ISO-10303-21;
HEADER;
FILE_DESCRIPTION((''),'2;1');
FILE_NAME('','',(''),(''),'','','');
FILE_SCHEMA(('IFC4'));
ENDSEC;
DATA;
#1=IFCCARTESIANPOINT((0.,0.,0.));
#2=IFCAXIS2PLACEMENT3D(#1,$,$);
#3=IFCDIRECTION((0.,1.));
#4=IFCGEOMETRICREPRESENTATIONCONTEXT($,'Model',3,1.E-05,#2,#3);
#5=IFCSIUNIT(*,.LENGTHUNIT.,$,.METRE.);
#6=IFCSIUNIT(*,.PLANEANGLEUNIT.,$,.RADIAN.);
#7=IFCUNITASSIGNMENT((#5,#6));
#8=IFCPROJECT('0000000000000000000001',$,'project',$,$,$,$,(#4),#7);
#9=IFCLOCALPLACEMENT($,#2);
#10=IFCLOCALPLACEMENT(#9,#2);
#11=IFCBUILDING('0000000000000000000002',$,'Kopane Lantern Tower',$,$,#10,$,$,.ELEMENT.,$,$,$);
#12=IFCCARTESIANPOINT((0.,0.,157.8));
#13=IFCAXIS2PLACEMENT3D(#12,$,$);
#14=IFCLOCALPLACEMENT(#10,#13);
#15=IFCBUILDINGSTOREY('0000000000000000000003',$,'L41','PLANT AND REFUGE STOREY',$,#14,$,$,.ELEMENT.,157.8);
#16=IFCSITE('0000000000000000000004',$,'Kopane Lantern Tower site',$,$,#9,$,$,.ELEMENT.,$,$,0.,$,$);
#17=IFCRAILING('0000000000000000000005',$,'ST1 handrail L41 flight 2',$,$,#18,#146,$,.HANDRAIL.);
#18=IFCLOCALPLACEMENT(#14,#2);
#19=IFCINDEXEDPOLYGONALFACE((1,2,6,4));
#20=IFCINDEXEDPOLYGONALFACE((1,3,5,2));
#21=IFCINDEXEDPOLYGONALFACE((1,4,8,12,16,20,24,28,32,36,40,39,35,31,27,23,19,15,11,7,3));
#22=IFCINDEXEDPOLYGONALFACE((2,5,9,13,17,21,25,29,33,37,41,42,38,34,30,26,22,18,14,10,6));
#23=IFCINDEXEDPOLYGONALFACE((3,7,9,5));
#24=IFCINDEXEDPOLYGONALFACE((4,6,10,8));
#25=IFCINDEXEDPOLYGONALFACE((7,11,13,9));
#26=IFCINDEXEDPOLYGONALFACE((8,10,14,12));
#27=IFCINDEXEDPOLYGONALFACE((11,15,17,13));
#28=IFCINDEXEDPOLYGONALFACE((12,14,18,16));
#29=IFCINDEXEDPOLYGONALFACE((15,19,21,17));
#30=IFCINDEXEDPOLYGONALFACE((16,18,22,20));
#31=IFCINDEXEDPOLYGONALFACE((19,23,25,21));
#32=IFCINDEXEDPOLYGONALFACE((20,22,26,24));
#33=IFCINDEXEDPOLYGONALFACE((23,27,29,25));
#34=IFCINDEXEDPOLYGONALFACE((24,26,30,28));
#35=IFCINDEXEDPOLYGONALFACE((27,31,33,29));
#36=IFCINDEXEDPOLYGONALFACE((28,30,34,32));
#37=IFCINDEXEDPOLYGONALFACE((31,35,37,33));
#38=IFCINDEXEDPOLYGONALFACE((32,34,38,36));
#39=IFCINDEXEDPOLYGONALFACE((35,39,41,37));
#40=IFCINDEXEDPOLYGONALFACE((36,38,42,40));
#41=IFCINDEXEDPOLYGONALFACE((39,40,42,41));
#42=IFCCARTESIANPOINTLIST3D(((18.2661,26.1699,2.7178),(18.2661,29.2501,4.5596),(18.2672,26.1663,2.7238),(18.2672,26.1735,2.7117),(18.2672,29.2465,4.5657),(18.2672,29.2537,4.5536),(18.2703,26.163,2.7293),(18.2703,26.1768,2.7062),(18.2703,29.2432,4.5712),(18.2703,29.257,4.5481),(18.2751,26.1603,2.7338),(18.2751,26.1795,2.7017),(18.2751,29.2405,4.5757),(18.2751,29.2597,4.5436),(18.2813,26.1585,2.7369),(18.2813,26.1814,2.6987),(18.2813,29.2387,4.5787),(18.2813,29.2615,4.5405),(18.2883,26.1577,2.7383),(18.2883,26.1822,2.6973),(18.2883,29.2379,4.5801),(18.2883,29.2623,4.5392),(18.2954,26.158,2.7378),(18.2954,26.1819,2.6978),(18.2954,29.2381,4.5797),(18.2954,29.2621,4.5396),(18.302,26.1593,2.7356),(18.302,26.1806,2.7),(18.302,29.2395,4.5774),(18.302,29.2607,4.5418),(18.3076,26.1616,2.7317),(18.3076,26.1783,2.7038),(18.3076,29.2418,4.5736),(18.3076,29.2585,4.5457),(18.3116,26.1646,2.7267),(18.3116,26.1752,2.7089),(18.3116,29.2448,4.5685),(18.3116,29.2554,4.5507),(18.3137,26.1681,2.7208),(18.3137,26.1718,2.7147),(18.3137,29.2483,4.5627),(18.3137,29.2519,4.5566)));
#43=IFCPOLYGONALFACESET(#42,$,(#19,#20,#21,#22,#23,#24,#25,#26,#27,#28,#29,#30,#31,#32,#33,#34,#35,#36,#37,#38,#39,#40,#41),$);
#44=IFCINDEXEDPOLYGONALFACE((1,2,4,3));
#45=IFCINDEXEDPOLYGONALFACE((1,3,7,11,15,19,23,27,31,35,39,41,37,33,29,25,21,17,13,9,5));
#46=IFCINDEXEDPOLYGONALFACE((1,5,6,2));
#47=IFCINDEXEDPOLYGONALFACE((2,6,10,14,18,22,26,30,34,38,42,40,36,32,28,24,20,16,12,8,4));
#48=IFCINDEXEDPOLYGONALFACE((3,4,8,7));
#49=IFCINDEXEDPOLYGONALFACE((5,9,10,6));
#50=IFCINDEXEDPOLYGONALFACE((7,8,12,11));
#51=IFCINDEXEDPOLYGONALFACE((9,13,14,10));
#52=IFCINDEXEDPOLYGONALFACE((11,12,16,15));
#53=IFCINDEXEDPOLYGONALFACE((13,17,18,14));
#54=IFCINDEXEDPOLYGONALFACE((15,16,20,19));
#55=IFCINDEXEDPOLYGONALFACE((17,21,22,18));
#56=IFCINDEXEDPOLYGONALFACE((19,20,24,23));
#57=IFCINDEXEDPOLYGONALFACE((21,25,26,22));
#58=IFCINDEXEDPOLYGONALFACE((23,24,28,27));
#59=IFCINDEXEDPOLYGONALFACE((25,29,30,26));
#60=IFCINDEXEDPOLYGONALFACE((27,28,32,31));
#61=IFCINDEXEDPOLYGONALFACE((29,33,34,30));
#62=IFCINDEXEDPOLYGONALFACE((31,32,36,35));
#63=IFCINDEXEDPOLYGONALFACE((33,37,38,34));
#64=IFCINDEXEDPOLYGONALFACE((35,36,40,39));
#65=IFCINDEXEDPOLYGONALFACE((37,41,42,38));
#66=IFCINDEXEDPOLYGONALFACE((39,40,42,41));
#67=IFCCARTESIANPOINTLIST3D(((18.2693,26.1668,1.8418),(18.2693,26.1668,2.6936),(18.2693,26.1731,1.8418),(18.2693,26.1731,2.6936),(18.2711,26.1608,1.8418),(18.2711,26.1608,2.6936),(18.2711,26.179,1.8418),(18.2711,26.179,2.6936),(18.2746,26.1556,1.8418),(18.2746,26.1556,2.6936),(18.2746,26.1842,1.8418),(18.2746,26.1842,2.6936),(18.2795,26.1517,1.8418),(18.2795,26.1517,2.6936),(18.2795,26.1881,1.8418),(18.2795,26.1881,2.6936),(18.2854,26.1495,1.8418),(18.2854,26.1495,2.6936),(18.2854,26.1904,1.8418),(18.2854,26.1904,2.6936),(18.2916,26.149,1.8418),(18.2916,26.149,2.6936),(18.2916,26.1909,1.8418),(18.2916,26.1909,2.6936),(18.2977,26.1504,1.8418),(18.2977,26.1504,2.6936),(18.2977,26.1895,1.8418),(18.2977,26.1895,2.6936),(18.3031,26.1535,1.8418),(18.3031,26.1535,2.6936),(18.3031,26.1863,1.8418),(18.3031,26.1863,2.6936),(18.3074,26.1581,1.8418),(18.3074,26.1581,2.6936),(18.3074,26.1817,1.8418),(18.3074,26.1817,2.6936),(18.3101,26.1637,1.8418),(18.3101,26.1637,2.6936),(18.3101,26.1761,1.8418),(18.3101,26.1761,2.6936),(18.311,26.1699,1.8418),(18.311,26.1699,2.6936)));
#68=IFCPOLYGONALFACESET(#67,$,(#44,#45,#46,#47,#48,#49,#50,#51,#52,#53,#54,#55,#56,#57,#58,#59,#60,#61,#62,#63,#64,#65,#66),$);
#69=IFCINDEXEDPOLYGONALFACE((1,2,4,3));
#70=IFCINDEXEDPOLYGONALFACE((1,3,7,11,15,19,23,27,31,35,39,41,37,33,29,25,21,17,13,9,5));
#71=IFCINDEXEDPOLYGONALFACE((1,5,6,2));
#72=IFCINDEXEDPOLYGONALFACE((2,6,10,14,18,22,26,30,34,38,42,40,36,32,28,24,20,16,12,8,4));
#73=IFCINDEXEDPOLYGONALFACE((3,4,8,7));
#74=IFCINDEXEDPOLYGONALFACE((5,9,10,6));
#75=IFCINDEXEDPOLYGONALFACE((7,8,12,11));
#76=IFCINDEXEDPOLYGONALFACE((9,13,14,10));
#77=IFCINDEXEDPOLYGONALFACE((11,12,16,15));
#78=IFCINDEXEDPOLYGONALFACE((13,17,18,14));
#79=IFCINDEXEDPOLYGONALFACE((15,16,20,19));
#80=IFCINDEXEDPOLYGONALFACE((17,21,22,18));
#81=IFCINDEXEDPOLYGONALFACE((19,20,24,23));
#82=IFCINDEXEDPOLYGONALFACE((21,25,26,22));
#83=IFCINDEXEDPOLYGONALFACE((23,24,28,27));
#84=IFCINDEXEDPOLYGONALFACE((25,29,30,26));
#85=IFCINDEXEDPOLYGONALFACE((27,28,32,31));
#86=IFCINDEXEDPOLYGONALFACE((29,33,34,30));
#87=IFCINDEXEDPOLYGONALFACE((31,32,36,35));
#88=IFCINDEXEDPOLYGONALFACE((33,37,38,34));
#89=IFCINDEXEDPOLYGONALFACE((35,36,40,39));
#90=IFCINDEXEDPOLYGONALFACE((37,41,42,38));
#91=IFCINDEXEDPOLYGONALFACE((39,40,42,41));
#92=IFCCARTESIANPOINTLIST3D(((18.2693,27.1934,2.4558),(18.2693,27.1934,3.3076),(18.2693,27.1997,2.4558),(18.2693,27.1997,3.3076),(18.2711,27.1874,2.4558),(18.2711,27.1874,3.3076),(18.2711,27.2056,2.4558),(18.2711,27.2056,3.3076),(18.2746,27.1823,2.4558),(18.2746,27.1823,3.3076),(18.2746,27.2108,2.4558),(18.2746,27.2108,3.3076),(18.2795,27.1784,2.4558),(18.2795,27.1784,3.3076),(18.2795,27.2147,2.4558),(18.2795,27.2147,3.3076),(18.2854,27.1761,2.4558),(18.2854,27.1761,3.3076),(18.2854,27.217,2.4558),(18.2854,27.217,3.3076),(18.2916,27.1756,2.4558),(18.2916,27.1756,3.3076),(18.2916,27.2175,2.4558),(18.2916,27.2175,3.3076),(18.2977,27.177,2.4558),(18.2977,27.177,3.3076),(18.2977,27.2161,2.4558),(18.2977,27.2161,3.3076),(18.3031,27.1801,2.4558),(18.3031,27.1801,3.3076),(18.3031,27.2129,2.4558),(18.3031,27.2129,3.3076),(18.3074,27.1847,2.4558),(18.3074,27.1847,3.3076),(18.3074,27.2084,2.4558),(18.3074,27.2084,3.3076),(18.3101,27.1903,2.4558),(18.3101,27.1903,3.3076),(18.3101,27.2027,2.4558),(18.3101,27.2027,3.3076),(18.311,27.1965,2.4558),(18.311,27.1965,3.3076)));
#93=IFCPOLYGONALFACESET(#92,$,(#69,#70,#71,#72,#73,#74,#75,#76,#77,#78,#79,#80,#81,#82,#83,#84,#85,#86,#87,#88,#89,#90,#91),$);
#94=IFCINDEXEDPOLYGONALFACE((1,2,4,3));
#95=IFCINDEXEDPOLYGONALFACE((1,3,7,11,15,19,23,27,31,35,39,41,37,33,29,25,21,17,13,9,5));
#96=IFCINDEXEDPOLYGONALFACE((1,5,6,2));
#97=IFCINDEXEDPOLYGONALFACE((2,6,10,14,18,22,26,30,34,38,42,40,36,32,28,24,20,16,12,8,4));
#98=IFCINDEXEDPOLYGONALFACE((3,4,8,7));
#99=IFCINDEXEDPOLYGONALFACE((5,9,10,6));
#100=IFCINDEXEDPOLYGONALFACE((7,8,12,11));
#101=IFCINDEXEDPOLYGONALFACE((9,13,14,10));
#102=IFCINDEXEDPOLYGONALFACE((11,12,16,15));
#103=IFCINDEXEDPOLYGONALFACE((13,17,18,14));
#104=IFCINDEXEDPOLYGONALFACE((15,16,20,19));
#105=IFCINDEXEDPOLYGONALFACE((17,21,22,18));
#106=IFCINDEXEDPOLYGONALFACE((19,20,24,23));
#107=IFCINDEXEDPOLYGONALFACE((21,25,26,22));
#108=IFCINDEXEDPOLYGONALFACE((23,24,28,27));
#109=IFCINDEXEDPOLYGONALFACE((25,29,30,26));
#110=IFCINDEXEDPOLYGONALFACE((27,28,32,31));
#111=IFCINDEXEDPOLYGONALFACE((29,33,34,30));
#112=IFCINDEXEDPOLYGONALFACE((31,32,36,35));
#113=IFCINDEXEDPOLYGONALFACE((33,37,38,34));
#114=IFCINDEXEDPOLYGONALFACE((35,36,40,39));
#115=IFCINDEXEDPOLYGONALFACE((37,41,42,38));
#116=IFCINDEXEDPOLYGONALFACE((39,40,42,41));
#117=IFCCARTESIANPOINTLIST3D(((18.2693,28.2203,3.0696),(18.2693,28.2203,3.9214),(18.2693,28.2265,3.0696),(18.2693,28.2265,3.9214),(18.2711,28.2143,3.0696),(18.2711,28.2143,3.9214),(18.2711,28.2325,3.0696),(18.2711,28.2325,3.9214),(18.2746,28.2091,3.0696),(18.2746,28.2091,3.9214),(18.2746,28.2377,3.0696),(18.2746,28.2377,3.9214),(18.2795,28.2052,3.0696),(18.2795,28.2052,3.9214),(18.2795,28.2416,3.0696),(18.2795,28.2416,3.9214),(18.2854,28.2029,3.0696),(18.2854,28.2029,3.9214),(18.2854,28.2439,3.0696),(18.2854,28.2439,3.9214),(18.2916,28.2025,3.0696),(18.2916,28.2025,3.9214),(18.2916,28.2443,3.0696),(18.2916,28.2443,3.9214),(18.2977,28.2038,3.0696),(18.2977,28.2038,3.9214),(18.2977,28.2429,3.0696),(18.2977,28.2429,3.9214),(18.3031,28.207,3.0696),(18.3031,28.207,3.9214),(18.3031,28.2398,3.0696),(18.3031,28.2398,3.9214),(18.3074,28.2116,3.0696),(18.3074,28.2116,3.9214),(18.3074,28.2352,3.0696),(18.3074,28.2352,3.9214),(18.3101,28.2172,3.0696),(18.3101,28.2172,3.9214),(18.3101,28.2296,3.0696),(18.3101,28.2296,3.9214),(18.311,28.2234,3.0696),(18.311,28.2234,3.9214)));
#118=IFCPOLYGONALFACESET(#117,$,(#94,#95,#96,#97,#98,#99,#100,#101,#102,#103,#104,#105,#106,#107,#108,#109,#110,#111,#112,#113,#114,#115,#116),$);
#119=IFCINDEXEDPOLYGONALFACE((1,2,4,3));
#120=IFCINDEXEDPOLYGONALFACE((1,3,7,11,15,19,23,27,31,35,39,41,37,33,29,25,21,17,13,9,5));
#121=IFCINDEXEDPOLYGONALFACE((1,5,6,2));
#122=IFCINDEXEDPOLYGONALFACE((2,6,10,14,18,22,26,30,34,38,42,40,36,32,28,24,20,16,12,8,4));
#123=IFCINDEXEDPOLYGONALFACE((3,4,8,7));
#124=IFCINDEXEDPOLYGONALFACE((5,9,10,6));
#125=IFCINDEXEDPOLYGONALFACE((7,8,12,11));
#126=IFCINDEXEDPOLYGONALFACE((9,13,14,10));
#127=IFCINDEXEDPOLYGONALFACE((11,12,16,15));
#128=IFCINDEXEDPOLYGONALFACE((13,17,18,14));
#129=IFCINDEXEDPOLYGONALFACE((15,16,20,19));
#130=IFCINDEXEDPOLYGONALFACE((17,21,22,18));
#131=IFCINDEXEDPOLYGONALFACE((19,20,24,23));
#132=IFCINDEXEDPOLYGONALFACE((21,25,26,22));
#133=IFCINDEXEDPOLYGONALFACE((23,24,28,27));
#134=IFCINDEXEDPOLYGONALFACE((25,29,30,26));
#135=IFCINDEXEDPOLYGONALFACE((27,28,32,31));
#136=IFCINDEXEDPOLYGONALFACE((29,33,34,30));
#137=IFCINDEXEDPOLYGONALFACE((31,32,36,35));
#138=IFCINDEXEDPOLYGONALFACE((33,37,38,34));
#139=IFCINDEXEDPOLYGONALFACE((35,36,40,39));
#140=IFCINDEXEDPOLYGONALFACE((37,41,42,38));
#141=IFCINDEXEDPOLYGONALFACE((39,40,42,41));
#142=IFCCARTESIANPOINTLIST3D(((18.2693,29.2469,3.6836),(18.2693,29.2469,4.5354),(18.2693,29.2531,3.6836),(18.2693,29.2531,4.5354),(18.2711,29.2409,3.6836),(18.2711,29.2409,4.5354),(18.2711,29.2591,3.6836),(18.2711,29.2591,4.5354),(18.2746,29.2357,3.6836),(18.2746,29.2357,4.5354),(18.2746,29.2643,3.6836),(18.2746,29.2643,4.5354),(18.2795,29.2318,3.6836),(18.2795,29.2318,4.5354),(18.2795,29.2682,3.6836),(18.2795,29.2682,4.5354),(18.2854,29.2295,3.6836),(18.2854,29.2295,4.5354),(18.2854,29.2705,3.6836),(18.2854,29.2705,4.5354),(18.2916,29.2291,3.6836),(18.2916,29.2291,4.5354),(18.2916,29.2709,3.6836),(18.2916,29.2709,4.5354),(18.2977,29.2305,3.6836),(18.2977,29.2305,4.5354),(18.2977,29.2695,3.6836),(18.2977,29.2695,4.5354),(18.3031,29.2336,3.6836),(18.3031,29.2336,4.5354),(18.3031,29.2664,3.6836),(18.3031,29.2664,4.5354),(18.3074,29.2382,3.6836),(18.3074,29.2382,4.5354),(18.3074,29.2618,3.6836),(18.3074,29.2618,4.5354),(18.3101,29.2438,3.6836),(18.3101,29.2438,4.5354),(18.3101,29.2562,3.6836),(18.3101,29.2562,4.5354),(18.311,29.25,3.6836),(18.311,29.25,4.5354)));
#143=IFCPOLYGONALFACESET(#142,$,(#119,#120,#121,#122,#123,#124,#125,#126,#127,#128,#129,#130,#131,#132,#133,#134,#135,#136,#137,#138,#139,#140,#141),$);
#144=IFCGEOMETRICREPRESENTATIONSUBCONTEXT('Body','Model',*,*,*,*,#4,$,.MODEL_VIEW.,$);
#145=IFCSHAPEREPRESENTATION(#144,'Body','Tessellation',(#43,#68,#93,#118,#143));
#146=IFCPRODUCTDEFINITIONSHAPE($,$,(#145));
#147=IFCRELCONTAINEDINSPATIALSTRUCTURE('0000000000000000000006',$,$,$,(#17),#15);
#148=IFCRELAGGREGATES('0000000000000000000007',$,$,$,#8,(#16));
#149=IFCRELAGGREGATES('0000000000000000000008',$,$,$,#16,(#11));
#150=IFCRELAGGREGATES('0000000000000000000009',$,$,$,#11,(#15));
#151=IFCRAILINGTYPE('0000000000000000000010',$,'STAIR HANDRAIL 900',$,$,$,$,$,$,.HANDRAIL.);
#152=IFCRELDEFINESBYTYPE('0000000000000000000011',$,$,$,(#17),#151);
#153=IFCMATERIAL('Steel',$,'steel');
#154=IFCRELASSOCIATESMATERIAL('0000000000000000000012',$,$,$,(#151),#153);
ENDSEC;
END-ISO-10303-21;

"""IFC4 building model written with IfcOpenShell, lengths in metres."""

from ifc_helpers import new_model, si_unit, direction, frame, origin, origin_2d, place, context, subcontext, project, spatial, circle, extrude, material, type_object, element, save


model = new_model("IFC4")

# Units and contexts
model_context = context("Model", 3, precision=1e-05, world=origin(), true_north=direction((0.0, 1.0)))
body_context = subcontext(model_context, "Body", "Model", "MODEL_VIEW")
ifc_project = project(units=[si_unit("LENGTHUNIT", "METRE"), si_unit("PLANEANGLEUNIT", "RADIAN")], contexts=[model_context])

# Site, building, storey
site_placement = place(None, origin())
site = spatial("IfcSite", under=ifc_project, at=site_placement, Name="Kopane Lantern Tower site", CompositionType="ELEMENT", RefElevation=0.0)
building_placement = place(site_placement, origin())
building = spatial("IfcBuilding", under=site, at=building_placement, Name="Kopane Lantern Tower", CompositionType="ELEMENT")
storey_placement = place(building_placement, frame((0.0, 0.0, 157.8)))
storey = spatial("IfcBuildingStorey", under=building, at=storey_placement, Name="L41", Description="PLANT AND REFUGE STOREY", CompositionType="ELEMENT", Elevation=157.8)

# Railing
ifc_material_1 = material(Name="Steel", Category="steel")
railing_type_1 = type_object("IfcRailingType", Name="STAIR HANDRAIL 900", PredefinedType="HANDRAIL", material=ifc_material_1)
for number, where, name in (
    (1, (18.29, 26.1699, 1.8418), "ST1 handrail L41 flight 2"),
):
    element("IfcRailing", number, at=place(storey_placement, frame(where)), inside=storey, type_object=railing_type_1, Name=name, PredefinedType="HANDRAIL", context=body_context, shape_type="SweptSolid", body=[
        extrude(circle(Radius=0.0239, at=origin_2d()), frame((0.0, 0.0, 0.876), z_axis=(0.0, 0.85826, 0.513215), x_axis=(-1.0, 0.0, 0.0)), (0.0, 0.0, 1.0), 3.5889),
        extrude(circle(Radius=0.021, at=origin_2d()), origin(), (0.0, 0.0, 1.0), 0.8518),
        extrude(circle(Radius=0.021, at=origin_2d()), frame((0.0, 1.0266, 0.614)), (0.0, 0.0, 1.0), 0.8518),
        extrude(circle(Radius=0.021, at=origin_2d()), frame((0.0, 2.0535, 1.2278)), (0.0, 0.0, 1.0), 0.8518),
        extrude(circle(Radius=0.021, at=origin_2d()), frame((0.0, 3.0801, 1.8418)), (0.0, 0.0, 1.0), 0.8518),
    ])

save(model, "model.ifc")
